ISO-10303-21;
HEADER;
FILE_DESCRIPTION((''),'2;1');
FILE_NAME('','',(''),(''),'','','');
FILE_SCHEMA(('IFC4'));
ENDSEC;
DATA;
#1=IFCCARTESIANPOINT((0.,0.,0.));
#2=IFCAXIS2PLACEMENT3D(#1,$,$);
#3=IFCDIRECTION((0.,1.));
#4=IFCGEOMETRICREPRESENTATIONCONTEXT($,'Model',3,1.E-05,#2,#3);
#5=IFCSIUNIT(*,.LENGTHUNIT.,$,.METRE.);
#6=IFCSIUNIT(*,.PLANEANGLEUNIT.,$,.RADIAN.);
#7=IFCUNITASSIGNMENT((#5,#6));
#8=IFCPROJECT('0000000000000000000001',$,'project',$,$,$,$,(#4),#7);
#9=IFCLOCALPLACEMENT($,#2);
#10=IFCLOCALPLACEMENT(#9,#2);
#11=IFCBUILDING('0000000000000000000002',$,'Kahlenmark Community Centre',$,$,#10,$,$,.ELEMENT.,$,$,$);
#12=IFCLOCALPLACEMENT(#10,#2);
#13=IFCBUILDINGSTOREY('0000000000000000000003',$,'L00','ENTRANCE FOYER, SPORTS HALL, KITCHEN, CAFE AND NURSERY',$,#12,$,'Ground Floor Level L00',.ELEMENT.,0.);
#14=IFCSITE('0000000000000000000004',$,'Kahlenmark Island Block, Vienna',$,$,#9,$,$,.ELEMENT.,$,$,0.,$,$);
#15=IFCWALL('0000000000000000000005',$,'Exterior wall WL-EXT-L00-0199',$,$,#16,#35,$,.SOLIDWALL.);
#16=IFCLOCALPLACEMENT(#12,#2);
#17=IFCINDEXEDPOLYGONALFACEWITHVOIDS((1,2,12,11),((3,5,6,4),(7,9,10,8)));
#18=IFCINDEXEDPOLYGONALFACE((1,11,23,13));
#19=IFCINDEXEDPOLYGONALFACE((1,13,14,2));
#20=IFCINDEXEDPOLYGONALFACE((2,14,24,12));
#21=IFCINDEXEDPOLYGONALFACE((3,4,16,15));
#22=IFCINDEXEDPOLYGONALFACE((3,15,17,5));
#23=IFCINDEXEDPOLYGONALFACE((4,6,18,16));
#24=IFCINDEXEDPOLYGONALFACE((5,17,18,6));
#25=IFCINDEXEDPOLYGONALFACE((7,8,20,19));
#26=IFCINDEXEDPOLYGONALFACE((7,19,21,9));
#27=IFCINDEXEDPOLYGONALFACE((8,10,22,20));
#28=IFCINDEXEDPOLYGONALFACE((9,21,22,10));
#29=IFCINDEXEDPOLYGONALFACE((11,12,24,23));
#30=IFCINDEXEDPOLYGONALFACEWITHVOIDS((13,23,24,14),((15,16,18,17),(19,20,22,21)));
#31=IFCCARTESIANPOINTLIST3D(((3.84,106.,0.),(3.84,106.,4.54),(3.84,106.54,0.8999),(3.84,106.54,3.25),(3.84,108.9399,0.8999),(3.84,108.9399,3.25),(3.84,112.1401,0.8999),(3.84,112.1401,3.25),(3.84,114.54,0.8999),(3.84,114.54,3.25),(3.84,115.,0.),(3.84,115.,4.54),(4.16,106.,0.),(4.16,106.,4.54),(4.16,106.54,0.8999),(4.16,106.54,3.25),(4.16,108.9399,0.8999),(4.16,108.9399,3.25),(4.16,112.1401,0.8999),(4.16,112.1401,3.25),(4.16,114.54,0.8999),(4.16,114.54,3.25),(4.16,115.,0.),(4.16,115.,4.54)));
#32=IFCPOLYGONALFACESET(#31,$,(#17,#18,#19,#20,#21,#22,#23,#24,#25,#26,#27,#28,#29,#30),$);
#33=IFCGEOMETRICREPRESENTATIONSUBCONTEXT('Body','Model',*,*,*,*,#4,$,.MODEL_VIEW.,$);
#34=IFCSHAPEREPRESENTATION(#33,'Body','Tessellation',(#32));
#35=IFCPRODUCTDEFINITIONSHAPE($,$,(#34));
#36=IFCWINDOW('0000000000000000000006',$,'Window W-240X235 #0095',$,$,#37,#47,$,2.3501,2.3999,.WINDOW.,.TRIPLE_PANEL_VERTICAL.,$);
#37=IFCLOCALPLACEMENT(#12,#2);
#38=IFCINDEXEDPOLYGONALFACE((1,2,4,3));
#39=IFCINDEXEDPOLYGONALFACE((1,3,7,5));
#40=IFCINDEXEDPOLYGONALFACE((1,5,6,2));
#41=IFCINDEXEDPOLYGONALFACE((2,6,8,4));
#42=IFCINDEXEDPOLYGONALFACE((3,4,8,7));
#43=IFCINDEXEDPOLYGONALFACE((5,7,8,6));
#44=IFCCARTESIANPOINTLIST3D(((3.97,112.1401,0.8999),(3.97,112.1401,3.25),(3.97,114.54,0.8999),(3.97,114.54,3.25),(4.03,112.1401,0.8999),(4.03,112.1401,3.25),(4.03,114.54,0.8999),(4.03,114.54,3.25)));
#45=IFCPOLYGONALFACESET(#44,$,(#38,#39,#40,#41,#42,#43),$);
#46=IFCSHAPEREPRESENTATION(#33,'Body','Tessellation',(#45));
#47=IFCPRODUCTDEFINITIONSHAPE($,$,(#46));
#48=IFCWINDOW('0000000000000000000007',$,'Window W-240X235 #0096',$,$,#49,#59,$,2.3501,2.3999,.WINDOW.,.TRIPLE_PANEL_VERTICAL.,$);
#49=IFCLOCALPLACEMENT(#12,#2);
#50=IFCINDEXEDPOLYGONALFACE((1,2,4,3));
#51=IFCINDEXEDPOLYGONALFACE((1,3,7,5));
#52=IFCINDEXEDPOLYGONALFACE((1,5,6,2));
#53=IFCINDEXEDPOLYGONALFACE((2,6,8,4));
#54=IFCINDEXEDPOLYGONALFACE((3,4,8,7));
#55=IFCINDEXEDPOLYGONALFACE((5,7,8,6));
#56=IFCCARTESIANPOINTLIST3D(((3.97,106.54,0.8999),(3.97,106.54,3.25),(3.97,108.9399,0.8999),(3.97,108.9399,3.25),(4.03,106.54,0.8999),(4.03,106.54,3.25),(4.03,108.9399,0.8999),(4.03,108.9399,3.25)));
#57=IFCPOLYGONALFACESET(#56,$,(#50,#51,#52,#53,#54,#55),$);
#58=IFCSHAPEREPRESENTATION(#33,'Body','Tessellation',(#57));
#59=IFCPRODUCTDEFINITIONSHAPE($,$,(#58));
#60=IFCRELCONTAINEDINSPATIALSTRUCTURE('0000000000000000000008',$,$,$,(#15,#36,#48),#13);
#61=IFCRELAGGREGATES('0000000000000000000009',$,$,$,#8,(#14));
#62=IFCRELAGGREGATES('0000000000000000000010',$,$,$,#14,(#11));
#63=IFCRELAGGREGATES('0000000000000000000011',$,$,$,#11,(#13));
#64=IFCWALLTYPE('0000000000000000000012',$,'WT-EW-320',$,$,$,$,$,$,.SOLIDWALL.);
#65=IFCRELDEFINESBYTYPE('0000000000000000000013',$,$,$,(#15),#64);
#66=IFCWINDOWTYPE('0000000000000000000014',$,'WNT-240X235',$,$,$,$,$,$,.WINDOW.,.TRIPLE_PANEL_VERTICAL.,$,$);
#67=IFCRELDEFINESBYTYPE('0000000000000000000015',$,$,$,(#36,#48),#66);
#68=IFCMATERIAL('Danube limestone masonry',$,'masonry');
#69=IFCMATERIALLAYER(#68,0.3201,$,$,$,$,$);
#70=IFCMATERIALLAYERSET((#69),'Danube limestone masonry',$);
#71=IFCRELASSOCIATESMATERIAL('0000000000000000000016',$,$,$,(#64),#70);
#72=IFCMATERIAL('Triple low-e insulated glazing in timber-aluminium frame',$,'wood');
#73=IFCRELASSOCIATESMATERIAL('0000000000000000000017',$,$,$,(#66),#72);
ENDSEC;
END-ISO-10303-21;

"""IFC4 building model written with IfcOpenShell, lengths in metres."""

from ifc_helpers import new_model, si_unit, direction, frame, frame_2d, origin, place, context, subcontext, project, spatial, rectangle, extrude, material, layer, layer_set, type_object, element, fill, save


model = new_model("IFC4")

# Units and contexts
model_context = context("Model", 3, precision=1e-05, world=origin(), true_north=direction((0.0, 1.0)))
body_context = subcontext(model_context, "Body", "Model", "MODEL_VIEW")
ifc_project = project(units=[si_unit("LENGTHUNIT", "METRE"), si_unit("PLANEANGLEUNIT", "RADIAN")], contexts=[model_context])

# Site, building, storey
site_placement = place(None, origin())
site = spatial("IfcSite", under=ifc_project, at=site_placement, Name="Kahlenmark Island Block, Vienna", CompositionType="ELEMENT", RefElevation=0.0)
building_placement = place(site_placement, origin())
building = spatial("IfcBuilding", under=site, at=building_placement, Name="Kahlenmark Community Centre", CompositionType="ELEMENT")
storey_placement = place(building_placement, origin())
storey = spatial("IfcBuildingStorey", under=building, at=storey_placement, Name="L00", Description="ENTRANCE FOYER, SPORTS HALL, KITCHEN, CAFE AND NURSERY", LongName="Ground Floor Level L00", CompositionType="ELEMENT", Elevation=0.0)

# Shared definitions
ifc_material_1 = material(Name="Danube limestone masonry", Category="masonry")
ifc_layer_1 = layer(ifc_material_1, 0.3201)
ifc_layer_set_1 = layer_set([ifc_layer_1], Name="Danube limestone masonry")
wall_type_1 = type_object("IfcWallType", Name="WT-EW-320", PredefinedType="SOLIDWALL", material=ifc_layer_set_1)
ifc_material_2 = material(Name="Triple low-e insulated glazing in timber-aluminium frame", Category="wood")
window_type = type_object("IfcWindowType", Name="WNT-240X235", PartitioningType="TRIPLE_PANEL_VERTICAL", PredefinedType="WINDOW", material=ifc_material_2)

# Wall, openings, windows
wall_1_placement = place(storey_placement, frame((4.0, 115.0, 0.0), z_axis=(0.0, 0.0, 1.0), x_axis=(0.0, -1.0, 0.0)))
wall_1 = element("IfcWall", 1, at=wall_1_placement, inside=storey, type_object=wall_type_1, Name="Exterior wall WL-EXT-L00-0199", PredefinedType="SOLIDWALL", context=body_context, shape_type="SweptSolid", body=[
    extrude(rectangle(XDim=9.0, YDim=0.3201, at=frame_2d((4.5, 0.0))), origin(), (0.0, 0.0, 1.0), 4.54),
])
opening_1_placement = place(wall_1_placement, frame((0.46, 0.0, 0.8999)))
opening_1 = element("IfcOpeningElement", 2, at=opening_1_placement, cuts=wall_1, PredefinedType="OPENING", context=body_context, shape_type="SweptSolid", body=[
    extrude(rectangle(XDim=2.3999, YDim=2.3501, at=frame_2d((1.2, 1.175))), frame((0.0, 0.1699, 0.0), z_axis=(0.0, -1.0, 0.0), x_axis=(1.0, 0.0, 0.0)), (0.0, 0.0, 1.0), 0.3401),
])
opening_2_placement = place(wall_1_placement, frame((6.0601, 0.0, 0.8999)))
opening_2 = element("IfcOpeningElement", 3, at=opening_2_placement, cuts=wall_1, PredefinedType="OPENING", context=body_context, shape_type="SweptSolid", body=[
    extrude(rectangle(XDim=2.3999, YDim=2.3501, at=frame_2d((1.2, 1.175))), frame((0.0, 0.1699, 0.0), z_axis=(0.0, -1.0, 0.0), x_axis=(1.0, 0.0, 0.0)), (0.0, 0.0, 1.0), 0.3401),
])
window_1_placement = place(opening_1_placement, origin())
window_1 = element("IfcWindow", 4, at=window_1_placement, inside=storey, type_object=window_type, Name="Window W-240X235 #0095", OverallHeight=2.3501, OverallWidth=2.3999, PartitioningType="TRIPLE_PANEL_VERTICAL", PredefinedType="WINDOW", context=body_context, shape_type="SweptSolid", body=[
    extrude(rectangle(XDim=2.3999, YDim=2.3501, at=frame_2d((1.2, 1.175))), frame((0.0, 0.03, 0.0), z_axis=(0.0, -1.0, 0.0), x_axis=(1.0, 0.0, 0.0)), (0.0, 0.0, 1.0), 0.0601),
])
fill(opening_1, window_1)
window_2_placement = place(opening_2_placement, origin())
window_2 = element("IfcWindow", 5, at=window_2_placement, inside=storey, type_object=window_type, Name="Window W-240X235 #0096", OverallHeight=2.3501, OverallWidth=2.3999, PartitioningType="TRIPLE_PANEL_VERTICAL", PredefinedType="WINDOW", context=body_context, shape_type="SweptSolid", body=[
    extrude(rectangle(XDim=2.3999, YDim=2.3501, at=frame_2d((1.2, 1.175))), frame((0.0, 0.03, 0.0), z_axis=(0.0, -1.0, 0.0), x_axis=(1.0, 0.0, 0.0)), (0.0, 0.0, 1.0), 0.0601),
])
fill(opening_2, window_2)

save(model, "model.ifc")
